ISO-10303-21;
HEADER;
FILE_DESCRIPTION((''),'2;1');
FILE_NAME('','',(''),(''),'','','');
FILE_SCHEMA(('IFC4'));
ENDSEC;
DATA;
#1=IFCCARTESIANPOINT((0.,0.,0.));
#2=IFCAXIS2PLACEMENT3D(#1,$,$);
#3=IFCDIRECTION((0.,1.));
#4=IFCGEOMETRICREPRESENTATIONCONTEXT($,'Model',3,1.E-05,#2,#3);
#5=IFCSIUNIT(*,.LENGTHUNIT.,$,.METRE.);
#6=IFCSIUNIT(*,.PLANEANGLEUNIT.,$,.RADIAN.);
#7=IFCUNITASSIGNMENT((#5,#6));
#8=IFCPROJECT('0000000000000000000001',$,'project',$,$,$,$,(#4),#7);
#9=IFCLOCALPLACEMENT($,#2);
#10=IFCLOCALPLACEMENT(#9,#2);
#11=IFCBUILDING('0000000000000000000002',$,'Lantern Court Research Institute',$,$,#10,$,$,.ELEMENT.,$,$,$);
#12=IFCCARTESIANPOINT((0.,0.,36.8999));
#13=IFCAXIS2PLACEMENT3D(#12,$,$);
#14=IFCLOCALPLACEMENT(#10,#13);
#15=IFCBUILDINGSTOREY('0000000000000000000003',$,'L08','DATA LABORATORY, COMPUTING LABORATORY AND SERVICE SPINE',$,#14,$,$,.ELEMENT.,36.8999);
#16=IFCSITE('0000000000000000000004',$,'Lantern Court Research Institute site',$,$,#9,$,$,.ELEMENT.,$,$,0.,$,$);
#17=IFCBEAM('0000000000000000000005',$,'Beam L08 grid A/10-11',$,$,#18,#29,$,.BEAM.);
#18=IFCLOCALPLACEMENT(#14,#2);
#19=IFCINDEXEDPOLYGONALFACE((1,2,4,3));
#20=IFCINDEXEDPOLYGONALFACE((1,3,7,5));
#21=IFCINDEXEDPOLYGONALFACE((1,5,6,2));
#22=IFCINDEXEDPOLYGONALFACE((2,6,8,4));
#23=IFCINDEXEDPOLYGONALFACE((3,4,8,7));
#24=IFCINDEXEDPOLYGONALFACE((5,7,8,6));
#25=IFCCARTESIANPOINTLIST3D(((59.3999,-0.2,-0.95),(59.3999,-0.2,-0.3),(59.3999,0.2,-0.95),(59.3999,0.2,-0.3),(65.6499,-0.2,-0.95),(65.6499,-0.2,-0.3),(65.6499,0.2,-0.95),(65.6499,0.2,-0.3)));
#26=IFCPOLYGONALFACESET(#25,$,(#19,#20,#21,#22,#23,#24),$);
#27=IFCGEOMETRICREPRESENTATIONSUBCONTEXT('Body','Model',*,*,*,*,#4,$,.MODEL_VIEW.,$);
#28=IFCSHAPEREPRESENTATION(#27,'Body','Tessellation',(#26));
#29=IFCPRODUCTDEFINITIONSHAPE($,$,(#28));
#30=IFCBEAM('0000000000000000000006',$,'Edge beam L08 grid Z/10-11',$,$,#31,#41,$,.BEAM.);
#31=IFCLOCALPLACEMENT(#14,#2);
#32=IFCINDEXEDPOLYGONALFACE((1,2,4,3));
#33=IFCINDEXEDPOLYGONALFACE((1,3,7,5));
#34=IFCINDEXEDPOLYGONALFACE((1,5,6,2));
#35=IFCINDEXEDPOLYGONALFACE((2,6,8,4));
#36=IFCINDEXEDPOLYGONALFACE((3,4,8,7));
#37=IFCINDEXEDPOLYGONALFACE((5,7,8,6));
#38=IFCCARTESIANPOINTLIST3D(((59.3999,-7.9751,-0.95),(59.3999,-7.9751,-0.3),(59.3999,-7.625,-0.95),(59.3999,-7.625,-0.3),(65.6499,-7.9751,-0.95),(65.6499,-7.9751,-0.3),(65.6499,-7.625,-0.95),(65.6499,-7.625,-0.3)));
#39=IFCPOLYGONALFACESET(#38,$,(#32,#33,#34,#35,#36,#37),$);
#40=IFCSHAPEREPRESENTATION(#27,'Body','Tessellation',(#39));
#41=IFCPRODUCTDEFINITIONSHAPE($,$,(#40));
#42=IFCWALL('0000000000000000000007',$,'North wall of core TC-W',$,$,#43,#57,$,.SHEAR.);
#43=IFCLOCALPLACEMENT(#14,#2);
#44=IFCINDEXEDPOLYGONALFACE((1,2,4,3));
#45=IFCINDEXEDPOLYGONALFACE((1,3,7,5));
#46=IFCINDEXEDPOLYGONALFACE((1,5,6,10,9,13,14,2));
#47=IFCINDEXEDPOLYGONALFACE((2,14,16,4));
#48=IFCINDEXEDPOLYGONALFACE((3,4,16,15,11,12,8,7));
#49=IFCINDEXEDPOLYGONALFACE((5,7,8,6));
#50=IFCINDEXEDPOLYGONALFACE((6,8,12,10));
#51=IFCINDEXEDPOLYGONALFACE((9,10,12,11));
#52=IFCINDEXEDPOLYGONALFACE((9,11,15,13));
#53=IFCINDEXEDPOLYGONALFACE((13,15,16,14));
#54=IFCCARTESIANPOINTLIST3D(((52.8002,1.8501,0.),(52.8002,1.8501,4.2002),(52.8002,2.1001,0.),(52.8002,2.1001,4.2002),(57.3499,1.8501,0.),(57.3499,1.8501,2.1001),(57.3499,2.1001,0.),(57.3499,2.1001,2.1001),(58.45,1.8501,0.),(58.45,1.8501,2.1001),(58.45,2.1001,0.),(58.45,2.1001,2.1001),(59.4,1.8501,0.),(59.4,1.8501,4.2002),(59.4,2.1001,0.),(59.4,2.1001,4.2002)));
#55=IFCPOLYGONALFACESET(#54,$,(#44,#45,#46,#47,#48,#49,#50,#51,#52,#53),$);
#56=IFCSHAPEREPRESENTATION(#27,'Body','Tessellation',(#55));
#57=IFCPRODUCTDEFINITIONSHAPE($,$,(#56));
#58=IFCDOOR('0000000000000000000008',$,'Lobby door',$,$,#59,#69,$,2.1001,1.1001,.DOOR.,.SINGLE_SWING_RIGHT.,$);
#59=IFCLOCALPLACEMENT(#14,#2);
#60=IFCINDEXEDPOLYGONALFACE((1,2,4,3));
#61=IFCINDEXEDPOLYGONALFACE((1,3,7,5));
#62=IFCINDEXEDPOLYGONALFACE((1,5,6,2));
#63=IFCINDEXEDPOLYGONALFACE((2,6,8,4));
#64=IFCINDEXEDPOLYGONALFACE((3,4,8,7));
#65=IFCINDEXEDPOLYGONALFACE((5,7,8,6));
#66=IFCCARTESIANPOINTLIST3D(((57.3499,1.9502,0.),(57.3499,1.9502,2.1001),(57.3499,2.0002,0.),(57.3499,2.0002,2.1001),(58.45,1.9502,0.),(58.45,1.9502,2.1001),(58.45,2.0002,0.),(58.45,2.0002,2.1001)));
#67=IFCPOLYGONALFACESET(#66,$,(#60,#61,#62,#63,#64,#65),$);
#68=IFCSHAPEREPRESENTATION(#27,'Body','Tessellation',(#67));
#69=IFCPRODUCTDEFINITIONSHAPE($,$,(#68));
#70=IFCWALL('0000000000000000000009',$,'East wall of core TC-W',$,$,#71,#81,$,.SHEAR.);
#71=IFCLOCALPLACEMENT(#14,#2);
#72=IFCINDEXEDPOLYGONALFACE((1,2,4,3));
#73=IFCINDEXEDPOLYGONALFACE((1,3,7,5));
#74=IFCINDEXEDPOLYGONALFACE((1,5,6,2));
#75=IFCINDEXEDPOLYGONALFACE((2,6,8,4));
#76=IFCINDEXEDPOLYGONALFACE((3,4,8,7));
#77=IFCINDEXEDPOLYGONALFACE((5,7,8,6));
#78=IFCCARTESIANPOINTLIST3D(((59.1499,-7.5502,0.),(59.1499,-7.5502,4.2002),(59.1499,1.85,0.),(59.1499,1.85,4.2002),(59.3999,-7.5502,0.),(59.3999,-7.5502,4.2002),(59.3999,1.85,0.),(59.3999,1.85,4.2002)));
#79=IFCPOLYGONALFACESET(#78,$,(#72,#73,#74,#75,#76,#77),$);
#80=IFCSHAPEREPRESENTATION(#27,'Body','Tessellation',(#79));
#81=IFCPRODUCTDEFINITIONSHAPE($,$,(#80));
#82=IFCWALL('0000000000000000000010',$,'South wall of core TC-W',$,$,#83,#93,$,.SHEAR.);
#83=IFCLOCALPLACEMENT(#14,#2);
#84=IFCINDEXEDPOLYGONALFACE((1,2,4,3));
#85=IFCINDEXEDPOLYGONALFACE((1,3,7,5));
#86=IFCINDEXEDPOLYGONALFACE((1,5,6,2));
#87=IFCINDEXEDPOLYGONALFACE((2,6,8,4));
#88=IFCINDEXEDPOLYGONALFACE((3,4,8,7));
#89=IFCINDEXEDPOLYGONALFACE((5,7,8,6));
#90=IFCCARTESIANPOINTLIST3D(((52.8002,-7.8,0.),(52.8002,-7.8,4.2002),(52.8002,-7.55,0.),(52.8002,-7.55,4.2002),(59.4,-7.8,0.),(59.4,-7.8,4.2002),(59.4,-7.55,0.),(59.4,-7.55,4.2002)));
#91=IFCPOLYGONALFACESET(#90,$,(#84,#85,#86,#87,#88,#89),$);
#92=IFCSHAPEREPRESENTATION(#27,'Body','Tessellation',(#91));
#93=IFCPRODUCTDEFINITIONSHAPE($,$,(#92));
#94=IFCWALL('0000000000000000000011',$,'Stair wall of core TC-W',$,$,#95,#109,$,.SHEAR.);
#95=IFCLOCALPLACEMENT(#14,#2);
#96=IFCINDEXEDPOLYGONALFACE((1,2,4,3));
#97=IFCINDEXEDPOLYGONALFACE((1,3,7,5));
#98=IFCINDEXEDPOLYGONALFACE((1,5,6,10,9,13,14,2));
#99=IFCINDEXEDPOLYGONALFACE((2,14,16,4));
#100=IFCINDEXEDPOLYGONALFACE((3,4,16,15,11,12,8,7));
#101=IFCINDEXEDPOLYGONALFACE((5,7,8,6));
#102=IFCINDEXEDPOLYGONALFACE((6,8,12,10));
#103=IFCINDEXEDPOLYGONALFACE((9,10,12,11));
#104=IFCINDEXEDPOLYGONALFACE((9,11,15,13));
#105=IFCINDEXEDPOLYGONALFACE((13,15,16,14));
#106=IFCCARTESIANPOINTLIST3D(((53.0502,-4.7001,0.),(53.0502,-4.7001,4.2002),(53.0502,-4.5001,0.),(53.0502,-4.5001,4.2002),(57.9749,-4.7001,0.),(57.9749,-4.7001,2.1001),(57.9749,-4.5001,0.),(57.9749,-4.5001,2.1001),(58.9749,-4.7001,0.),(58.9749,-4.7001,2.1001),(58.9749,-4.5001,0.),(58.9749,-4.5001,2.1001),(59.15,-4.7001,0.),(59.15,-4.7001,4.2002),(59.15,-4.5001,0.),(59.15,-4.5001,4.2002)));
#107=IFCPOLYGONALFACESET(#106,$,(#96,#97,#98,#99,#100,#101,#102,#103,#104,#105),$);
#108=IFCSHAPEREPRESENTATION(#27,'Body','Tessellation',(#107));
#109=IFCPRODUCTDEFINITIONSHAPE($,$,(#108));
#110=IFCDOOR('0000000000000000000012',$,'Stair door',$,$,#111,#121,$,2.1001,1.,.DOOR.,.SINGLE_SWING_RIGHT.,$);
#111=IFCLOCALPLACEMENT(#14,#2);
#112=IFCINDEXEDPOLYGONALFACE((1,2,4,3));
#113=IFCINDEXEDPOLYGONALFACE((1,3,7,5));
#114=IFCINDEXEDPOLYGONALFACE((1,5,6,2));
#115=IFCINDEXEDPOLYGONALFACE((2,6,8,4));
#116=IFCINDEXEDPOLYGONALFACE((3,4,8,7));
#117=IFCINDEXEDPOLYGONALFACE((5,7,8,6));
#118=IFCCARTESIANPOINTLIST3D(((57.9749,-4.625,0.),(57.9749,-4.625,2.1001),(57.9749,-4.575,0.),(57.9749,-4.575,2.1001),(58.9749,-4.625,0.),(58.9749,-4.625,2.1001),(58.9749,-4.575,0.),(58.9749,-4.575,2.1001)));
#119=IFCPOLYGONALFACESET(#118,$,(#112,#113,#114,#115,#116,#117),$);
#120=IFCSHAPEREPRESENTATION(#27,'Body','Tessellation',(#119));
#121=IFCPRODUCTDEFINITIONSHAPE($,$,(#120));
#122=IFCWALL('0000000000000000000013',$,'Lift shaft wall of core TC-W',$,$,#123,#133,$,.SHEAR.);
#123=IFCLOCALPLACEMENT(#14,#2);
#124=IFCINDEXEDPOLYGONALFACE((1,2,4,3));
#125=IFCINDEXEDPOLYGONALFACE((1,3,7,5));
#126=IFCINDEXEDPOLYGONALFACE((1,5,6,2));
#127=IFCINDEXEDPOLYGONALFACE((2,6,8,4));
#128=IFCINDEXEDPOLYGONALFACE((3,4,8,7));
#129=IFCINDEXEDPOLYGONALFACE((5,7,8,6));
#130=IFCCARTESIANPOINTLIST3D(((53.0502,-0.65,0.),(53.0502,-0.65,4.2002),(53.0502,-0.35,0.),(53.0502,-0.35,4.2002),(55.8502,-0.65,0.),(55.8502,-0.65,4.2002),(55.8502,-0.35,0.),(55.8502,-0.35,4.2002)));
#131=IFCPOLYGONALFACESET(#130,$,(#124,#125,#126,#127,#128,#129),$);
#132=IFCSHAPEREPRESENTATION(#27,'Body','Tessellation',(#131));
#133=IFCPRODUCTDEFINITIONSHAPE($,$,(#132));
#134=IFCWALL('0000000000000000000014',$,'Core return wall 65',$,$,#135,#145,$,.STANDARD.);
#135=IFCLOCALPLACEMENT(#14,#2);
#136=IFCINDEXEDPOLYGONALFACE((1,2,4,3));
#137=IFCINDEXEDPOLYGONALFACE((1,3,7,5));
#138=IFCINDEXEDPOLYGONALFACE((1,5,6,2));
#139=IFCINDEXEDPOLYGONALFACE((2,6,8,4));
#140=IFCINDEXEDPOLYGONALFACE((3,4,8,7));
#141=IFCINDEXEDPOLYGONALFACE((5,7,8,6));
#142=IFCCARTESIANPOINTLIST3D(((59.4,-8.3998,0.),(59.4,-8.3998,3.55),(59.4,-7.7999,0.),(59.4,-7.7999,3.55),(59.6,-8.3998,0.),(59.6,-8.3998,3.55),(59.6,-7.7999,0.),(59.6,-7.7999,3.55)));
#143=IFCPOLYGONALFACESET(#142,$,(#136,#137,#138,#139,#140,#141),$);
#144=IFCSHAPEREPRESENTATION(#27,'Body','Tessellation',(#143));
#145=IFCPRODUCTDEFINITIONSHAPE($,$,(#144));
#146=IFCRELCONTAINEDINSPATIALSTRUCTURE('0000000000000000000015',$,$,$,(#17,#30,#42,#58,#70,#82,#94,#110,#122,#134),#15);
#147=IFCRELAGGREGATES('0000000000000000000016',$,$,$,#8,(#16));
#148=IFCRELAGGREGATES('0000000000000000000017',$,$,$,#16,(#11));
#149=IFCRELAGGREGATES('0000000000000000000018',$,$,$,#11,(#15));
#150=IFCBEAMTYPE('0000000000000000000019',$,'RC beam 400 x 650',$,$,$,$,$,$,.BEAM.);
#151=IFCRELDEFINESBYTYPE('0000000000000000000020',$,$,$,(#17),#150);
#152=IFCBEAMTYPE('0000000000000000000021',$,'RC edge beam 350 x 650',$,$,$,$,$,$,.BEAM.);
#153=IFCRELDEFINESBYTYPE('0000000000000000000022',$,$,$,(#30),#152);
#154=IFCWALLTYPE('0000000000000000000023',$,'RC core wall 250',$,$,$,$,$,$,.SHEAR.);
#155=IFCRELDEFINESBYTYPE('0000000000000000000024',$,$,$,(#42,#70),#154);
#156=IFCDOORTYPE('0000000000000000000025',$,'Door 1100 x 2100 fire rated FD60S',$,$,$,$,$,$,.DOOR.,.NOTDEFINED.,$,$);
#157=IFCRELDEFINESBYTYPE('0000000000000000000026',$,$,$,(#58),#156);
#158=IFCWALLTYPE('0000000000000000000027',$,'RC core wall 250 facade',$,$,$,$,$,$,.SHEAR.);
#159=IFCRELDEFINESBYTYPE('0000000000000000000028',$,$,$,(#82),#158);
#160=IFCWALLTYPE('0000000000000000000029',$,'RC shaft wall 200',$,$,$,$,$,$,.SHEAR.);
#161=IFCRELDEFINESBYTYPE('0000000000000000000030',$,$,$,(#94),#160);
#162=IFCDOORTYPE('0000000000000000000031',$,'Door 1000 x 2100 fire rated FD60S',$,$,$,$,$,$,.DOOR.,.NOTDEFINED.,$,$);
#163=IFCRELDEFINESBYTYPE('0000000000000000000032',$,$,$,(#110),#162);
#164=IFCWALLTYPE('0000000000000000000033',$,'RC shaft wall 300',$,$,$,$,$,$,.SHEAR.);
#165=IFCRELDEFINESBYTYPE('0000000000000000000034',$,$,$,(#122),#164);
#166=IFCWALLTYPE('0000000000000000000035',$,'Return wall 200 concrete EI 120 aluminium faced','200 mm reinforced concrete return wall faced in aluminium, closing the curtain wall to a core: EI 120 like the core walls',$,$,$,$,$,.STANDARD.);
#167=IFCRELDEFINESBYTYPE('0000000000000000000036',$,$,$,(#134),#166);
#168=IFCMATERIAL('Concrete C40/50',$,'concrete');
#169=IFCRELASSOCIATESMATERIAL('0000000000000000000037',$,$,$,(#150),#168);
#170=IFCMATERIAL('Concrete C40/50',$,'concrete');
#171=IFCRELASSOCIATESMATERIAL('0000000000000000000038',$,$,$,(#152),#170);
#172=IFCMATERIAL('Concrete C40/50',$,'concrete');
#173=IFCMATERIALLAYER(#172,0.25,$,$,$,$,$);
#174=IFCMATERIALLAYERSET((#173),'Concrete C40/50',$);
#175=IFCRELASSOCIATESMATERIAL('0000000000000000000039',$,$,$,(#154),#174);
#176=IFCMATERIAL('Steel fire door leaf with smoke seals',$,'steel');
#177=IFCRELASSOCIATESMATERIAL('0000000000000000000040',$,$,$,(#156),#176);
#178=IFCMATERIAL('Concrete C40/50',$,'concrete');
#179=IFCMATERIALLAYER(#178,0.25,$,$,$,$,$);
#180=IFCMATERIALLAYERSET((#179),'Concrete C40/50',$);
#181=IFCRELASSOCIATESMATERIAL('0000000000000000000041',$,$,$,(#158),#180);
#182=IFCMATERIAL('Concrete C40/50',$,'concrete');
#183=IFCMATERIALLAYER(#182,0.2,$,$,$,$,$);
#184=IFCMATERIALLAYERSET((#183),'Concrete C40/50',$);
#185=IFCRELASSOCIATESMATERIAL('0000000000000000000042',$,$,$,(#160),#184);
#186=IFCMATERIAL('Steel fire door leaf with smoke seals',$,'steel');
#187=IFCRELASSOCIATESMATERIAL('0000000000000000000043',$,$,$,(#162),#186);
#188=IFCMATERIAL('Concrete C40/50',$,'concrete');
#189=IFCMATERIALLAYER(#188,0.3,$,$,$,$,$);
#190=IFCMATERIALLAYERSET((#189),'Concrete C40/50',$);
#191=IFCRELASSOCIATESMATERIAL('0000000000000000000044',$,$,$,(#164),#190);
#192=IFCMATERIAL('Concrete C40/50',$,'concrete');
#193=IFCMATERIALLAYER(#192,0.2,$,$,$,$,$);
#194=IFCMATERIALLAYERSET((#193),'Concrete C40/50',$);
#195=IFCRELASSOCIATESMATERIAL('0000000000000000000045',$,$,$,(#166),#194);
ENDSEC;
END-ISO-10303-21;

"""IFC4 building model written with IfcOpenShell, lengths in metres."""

from ifc_helpers import new_model, si_unit, direction, frame, frame_2d, origin, origin_2d, place, context, subcontext, project, spatial, rectangle, extrude, material, layer, layer_set, material_profile, profile_set, type_object, element, fill, save


model = new_model("IFC4")

# Units and contexts
model_context = context("Model", 3, precision=1e-05, world=origin(), true_north=direction((0.0, 1.0)))
body_context = subcontext(model_context, "Body", "Model", "MODEL_VIEW")
ifc_project = project(units=[si_unit("LENGTHUNIT", "METRE"), si_unit("PLANEANGLEUNIT", "RADIAN")], contexts=[model_context])

# Site, building, storey
site_placement = place(None, origin())
site = spatial("IfcSite", under=ifc_project, at=site_placement, Name="Lantern Court Research Institute site", CompositionType="ELEMENT", RefElevation=0.0)
building_placement = place(site_placement, origin())
building = spatial("IfcBuilding", under=site, at=building_placement, Name="Lantern Court Research Institute", CompositionType="ELEMENT")
storey_placement = place(building_placement, frame((0.0, 0.0, 36.8999)))
storey = spatial("IfcBuildingStorey", under=building, at=storey_placement, Name="L08", Description="DATA LABORATORY, COMPUTING LABORATORY AND SERVICE SPINE", CompositionType="ELEMENT", Elevation=36.8999)

# Beams
ifc_material_1 = material(Name="Concrete C40/50", Category="concrete")
ifc_material_profile_1 = material_profile(ifc_material_1, rectangle(XDim=0.3999, YDim=0.6499, at=origin_2d()), Name="RC beam 400 x 650")
ifc_profile_set_1 = profile_set([ifc_material_profile_1], Name="Concrete C40/50")
beam_type_1 = type_object("IfcBeamType", Name="RC beam 400 x 650", PredefinedType="BEAM", material=ifc_profile_set_1)
beam_1_placement = place(storey_placement, frame((59.3999, 0.0, -0.625), z_axis=(1.0, 0.0, 0.0), x_axis=(0.0, 1.0, 0.0)))
element("IfcBeam", 1, at=beam_1_placement, inside=storey, type_object=beam_type_1, Name="Beam L08 grid A/10-11", PredefinedType="BEAM", context=body_context, shape_type="SweptSolid", body=[
    extrude(rectangle(XDim=0.3999, YDim=0.6499, at=origin_2d()), origin(), (0.0, 0.0, 1.0), 6.25),
])
ifc_material_2 = material(Name="Concrete C40/50", Category="concrete")
ifc_material_profile_2 = material_profile(ifc_material_2, rectangle(XDim=0.3501, YDim=0.6499, at=origin_2d()), Name="RC beam 350 x 650")
ifc_profile_set_2 = profile_set([ifc_material_profile_2], Name="Concrete C40/50")
beam_type_2 = type_object("IfcBeamType", Name="RC edge beam 350 x 650", PredefinedType="BEAM", material=ifc_profile_set_2)
beam_2_placement = place(storey_placement, frame((59.3999, -7.8, -0.625), z_axis=(1.0, 0.0, 0.0), x_axis=(0.0, 1.0, 0.0)))
element("IfcBeam", 2, at=beam_2_placement, inside=storey, type_object=beam_type_2, Name="Edge beam L08 grid Z/10-11", PredefinedType="BEAM", context=body_context, shape_type="SweptSolid", body=[
    extrude(rectangle(XDim=0.3501, YDim=0.6499, at=origin_2d()), origin(), (0.0, 0.0, 1.0), 6.25),
])

# Wall, opening, door
ifc_material_3 = material(Name="Concrete C40/50", Category="concrete")
ifc_layer_1 = layer(ifc_material_3, 0.25)
ifc_layer_set_1 = layer_set([ifc_layer_1], Name="Concrete C40/50")
wall_type_1 = type_object("IfcWallType", Name="RC core wall 250", PredefinedType="SHEAR", material=ifc_layer_set_1)
wall_1_placement = place(storey_placement, frame((59.3999, 1.9751, 0.0), z_axis=(0.0, 0.0, 1.0), x_axis=(-1.0, 0.0, 0.0)))
wall_1 = element("IfcWall", 3, at=wall_1_placement, inside=storey, type_object=wall_type_1, Name="North wall of core TC-W", PredefinedType="SHEAR", context=body_context, shape_type="SweptSolid", body=[
    extrude(rectangle(XDim=6.5999, YDim=0.25, at=frame_2d((3.2998, 0.0))), origin(), (0.0, 0.0, 1.0), 4.2002),
])
opening_1_placement = place(wall_1_placement, frame((0.95, 0.0, 0.0)))
opening_1 = element("IfcOpeningElement", 4, at=opening_1_placement, cuts=wall_1, PredefinedType="OPENING", context=body_context, shape_type="SweptSolid", body=[
    extrude(rectangle(XDim=1.1001, YDim=2.1001, at=frame_2d((0.55, 1.05))), frame((0.0, 0.135, 0.0), z_axis=(0.0, -1.0, 0.0), x_axis=(1.0, 0.0, 0.0)), (0.0, 0.0, 1.0), 0.27),
])
ifc_material_4 = material(Name="Steel fire door leaf with smoke seals", Category="steel")
door_type_1 = type_object("IfcDoorType", Name="Door 1100 x 2100 fire rated FD60S", OperationType="NOTDEFINED", PredefinedType="DOOR", material=ifc_material_4)
door_1_placement = place(opening_1_placement, origin())
door_1 = element("IfcDoor", 5, at=door_1_placement, inside=storey, type_object=door_type_1, Name="Lobby door", OperationType="SINGLE_SWING_RIGHT", OverallHeight=2.1001, OverallWidth=1.1001, PredefinedType="DOOR", context=body_context, shape_type="SweptSolid", body=[
    extrude(rectangle(XDim=1.1001, YDim=2.1001, at=frame_2d((0.55, 1.05))), frame((0.0, 0.0249, 0.0), z_axis=(0.0, -1.0, 0.0), x_axis=(1.0, 0.0, 0.0)), (0.0, 0.0, 1.0), 0.05),
])
fill(opening_1, door_1)

# Walls
wall_2_placement = place(storey_placement, frame((59.2749, 1.8501, 0.0), z_axis=(0.0, 0.0, 1.0), x_axis=(0.0, -1.0, 0.0)))
element("IfcWall", 6, at=wall_2_placement, inside=storey, type_object=wall_type_1, Name="East wall of core TC-W", PredefinedType="SHEAR", context=body_context, shape_type="SweptSolid", body=[
    extrude(rectangle(XDim=9.4001, YDim=0.25, at=frame_2d((4.7002, 0.0))), origin(), (0.0, 0.0, 1.0), 4.2002),
])
ifc_material_5 = material(Name="Concrete C40/50", Category="concrete")
ifc_layer_2 = layer(ifc_material_5, 0.25)
ifc_layer_set_2 = layer_set([ifc_layer_2], Name="Concrete C40/50")
wall_type_2 = type_object("IfcWallType", Name="RC core wall 250 facade", PredefinedType="SHEAR", material=ifc_layer_set_2)
wall_3_placement = place(storey_placement, frame((59.3999, -7.675, 0.0), z_axis=(0.0, 0.0, 1.0), x_axis=(-1.0, 0.0, 0.0)))
element("IfcWall", 7, at=wall_3_placement, inside=storey, type_object=wall_type_2, Name="South wall of core TC-W", PredefinedType="SHEAR", context=body_context, shape_type="SweptSolid", body=[
    extrude(rectangle(XDim=6.5999, YDim=0.25, at=frame_2d((3.2998, 0.0))), origin(), (0.0, 0.0, 1.0), 4.2002),
])

# Wall, opening, door
ifc_material_6 = material(Name="Concrete C40/50", Category="concrete")
ifc_layer_3 = layer(ifc_material_6, 0.2)
ifc_layer_set_3 = layer_set([ifc_layer_3], Name="Concrete C40/50")
wall_type_3 = type_object("IfcWallType", Name="RC shaft wall 200", PredefinedType="SHEAR", material=ifc_layer_set_3)
wall_4_placement = place(storey_placement, frame((59.1499, -4.6001, 0.0), z_axis=(0.0, 0.0, 1.0), x_axis=(-1.0, 0.0, 0.0)))
wall_4 = element("IfcWall", 8, at=wall_4_placement, inside=storey, type_object=wall_type_3, Name="Stair wall of core TC-W", PredefinedType="SHEAR", context=body_context, shape_type="SweptSolid", body=[
    extrude(rectangle(XDim=6.0999, YDim=0.2, at=frame_2d((3.0498, 0.0))), origin(), (0.0, 0.0, 1.0), 4.2002),
])
opening_2_placement = place(wall_4_placement, frame((0.175, 0.0, 0.0)))
opening_2 = element("IfcOpeningElement", 9, at=opening_2_placement, cuts=wall_4, PredefinedType="OPENING", context=body_context, shape_type="SweptSolid", body=[
    extrude(rectangle(XDim=1.0, YDim=2.1001, at=frame_2d((0.5, 1.05))), frame((0.0, 0.1099, 0.0), z_axis=(0.0, -1.0, 0.0), x_axis=(1.0, 0.0, 0.0)), (0.0, 0.0, 1.0), 0.22),
])
ifc_material_7 = material(Name="Steel fire door leaf with smoke seals", Category="steel")
door_type_2 = type_object("IfcDoorType", Name="Door 1000 x 2100 fire rated FD60S", OperationType="NOTDEFINED", PredefinedType="DOOR", material=ifc_material_7)
door_2_placement = place(opening_2_placement, origin())
door_2 = element("IfcDoor", 10, at=door_2_placement, inside=storey, type_object=door_type_2, Name="Stair door", OperationType="SINGLE_SWING_RIGHT", OverallHeight=2.1001, OverallWidth=1.0, PredefinedType="DOOR", context=body_context, shape_type="SweptSolid", body=[
    extrude(rectangle(XDim=1.0, YDim=2.1001, at=frame_2d((0.5, 1.05))), frame((0.0, 0.0249, 0.0), z_axis=(0.0, -1.0, 0.0), x_axis=(1.0, 0.0, 0.0)), (0.0, 0.0, 1.0), 0.05),
])
fill(opening_2, door_2)

# Shared definitions
ifc_material_8 = material(Name="Concrete C40/50", Category="concrete")
ifc_layer_4 = layer(ifc_material_8, 0.3)
ifc_layer_set_4 = layer_set([ifc_layer_4], Name="Concrete C40/50")
wall_type_4 = type_object("IfcWallType", Name="RC shaft wall 300", PredefinedType="SHEAR", material=ifc_layer_set_4)

# Walls
wall_5_placement = place(storey_placement, frame((55.8501, -0.5, 0.0), z_axis=(0.0, 0.0, 1.0), x_axis=(-1.0, 0.0, 0.0)))
element("IfcWall", 11, at=wall_5_placement, inside=storey, type_object=wall_type_4, Name="Lift shaft wall of core TC-W", PredefinedType="SHEAR", context=body_context, shape_type="SweptSolid", body=[
    extrude(rectangle(XDim=2.8, YDim=0.3, at=frame_2d((1.3999, 0.0))), origin(), (0.0, 0.0, 1.0), 4.2002),
])
ifc_material_9 = material(Name="Concrete C40/50", Category="concrete")
ifc_layer_5 = layer(ifc_material_9, 0.2)
ifc_layer_set_5 = layer_set([ifc_layer_5], Name="Concrete C40/50")
wall_type_5 = type_object("IfcWallType", Name="Return wall 200 concrete EI 120 aluminium faced", Description="200 mm reinforced concrete return wall faced in aluminium, closing the curtain wall to a core: EI 120 like the core walls", PredefinedType="STANDARD", material=ifc_layer_set_5)
wall_6_placement = place(storey_placement, frame((59.5, -7.8, 0.0), z_axis=(0.0, 0.0, 1.0), x_axis=(0.0, -1.0, 0.0)))
element("IfcWall", 12, at=wall_6_placement, inside=storey, type_object=wall_type_5, Name="Core return wall 65", PredefinedType="STANDARD", context=body_context, shape_type="SweptSolid", body=[
    extrude(rectangle(XDim=0.5999, YDim=0.2, at=frame_2d((0.2998, 0.0))), origin(), (0.0, 0.0, 1.0), 3.55),
])

save(model, "model.ifc")
